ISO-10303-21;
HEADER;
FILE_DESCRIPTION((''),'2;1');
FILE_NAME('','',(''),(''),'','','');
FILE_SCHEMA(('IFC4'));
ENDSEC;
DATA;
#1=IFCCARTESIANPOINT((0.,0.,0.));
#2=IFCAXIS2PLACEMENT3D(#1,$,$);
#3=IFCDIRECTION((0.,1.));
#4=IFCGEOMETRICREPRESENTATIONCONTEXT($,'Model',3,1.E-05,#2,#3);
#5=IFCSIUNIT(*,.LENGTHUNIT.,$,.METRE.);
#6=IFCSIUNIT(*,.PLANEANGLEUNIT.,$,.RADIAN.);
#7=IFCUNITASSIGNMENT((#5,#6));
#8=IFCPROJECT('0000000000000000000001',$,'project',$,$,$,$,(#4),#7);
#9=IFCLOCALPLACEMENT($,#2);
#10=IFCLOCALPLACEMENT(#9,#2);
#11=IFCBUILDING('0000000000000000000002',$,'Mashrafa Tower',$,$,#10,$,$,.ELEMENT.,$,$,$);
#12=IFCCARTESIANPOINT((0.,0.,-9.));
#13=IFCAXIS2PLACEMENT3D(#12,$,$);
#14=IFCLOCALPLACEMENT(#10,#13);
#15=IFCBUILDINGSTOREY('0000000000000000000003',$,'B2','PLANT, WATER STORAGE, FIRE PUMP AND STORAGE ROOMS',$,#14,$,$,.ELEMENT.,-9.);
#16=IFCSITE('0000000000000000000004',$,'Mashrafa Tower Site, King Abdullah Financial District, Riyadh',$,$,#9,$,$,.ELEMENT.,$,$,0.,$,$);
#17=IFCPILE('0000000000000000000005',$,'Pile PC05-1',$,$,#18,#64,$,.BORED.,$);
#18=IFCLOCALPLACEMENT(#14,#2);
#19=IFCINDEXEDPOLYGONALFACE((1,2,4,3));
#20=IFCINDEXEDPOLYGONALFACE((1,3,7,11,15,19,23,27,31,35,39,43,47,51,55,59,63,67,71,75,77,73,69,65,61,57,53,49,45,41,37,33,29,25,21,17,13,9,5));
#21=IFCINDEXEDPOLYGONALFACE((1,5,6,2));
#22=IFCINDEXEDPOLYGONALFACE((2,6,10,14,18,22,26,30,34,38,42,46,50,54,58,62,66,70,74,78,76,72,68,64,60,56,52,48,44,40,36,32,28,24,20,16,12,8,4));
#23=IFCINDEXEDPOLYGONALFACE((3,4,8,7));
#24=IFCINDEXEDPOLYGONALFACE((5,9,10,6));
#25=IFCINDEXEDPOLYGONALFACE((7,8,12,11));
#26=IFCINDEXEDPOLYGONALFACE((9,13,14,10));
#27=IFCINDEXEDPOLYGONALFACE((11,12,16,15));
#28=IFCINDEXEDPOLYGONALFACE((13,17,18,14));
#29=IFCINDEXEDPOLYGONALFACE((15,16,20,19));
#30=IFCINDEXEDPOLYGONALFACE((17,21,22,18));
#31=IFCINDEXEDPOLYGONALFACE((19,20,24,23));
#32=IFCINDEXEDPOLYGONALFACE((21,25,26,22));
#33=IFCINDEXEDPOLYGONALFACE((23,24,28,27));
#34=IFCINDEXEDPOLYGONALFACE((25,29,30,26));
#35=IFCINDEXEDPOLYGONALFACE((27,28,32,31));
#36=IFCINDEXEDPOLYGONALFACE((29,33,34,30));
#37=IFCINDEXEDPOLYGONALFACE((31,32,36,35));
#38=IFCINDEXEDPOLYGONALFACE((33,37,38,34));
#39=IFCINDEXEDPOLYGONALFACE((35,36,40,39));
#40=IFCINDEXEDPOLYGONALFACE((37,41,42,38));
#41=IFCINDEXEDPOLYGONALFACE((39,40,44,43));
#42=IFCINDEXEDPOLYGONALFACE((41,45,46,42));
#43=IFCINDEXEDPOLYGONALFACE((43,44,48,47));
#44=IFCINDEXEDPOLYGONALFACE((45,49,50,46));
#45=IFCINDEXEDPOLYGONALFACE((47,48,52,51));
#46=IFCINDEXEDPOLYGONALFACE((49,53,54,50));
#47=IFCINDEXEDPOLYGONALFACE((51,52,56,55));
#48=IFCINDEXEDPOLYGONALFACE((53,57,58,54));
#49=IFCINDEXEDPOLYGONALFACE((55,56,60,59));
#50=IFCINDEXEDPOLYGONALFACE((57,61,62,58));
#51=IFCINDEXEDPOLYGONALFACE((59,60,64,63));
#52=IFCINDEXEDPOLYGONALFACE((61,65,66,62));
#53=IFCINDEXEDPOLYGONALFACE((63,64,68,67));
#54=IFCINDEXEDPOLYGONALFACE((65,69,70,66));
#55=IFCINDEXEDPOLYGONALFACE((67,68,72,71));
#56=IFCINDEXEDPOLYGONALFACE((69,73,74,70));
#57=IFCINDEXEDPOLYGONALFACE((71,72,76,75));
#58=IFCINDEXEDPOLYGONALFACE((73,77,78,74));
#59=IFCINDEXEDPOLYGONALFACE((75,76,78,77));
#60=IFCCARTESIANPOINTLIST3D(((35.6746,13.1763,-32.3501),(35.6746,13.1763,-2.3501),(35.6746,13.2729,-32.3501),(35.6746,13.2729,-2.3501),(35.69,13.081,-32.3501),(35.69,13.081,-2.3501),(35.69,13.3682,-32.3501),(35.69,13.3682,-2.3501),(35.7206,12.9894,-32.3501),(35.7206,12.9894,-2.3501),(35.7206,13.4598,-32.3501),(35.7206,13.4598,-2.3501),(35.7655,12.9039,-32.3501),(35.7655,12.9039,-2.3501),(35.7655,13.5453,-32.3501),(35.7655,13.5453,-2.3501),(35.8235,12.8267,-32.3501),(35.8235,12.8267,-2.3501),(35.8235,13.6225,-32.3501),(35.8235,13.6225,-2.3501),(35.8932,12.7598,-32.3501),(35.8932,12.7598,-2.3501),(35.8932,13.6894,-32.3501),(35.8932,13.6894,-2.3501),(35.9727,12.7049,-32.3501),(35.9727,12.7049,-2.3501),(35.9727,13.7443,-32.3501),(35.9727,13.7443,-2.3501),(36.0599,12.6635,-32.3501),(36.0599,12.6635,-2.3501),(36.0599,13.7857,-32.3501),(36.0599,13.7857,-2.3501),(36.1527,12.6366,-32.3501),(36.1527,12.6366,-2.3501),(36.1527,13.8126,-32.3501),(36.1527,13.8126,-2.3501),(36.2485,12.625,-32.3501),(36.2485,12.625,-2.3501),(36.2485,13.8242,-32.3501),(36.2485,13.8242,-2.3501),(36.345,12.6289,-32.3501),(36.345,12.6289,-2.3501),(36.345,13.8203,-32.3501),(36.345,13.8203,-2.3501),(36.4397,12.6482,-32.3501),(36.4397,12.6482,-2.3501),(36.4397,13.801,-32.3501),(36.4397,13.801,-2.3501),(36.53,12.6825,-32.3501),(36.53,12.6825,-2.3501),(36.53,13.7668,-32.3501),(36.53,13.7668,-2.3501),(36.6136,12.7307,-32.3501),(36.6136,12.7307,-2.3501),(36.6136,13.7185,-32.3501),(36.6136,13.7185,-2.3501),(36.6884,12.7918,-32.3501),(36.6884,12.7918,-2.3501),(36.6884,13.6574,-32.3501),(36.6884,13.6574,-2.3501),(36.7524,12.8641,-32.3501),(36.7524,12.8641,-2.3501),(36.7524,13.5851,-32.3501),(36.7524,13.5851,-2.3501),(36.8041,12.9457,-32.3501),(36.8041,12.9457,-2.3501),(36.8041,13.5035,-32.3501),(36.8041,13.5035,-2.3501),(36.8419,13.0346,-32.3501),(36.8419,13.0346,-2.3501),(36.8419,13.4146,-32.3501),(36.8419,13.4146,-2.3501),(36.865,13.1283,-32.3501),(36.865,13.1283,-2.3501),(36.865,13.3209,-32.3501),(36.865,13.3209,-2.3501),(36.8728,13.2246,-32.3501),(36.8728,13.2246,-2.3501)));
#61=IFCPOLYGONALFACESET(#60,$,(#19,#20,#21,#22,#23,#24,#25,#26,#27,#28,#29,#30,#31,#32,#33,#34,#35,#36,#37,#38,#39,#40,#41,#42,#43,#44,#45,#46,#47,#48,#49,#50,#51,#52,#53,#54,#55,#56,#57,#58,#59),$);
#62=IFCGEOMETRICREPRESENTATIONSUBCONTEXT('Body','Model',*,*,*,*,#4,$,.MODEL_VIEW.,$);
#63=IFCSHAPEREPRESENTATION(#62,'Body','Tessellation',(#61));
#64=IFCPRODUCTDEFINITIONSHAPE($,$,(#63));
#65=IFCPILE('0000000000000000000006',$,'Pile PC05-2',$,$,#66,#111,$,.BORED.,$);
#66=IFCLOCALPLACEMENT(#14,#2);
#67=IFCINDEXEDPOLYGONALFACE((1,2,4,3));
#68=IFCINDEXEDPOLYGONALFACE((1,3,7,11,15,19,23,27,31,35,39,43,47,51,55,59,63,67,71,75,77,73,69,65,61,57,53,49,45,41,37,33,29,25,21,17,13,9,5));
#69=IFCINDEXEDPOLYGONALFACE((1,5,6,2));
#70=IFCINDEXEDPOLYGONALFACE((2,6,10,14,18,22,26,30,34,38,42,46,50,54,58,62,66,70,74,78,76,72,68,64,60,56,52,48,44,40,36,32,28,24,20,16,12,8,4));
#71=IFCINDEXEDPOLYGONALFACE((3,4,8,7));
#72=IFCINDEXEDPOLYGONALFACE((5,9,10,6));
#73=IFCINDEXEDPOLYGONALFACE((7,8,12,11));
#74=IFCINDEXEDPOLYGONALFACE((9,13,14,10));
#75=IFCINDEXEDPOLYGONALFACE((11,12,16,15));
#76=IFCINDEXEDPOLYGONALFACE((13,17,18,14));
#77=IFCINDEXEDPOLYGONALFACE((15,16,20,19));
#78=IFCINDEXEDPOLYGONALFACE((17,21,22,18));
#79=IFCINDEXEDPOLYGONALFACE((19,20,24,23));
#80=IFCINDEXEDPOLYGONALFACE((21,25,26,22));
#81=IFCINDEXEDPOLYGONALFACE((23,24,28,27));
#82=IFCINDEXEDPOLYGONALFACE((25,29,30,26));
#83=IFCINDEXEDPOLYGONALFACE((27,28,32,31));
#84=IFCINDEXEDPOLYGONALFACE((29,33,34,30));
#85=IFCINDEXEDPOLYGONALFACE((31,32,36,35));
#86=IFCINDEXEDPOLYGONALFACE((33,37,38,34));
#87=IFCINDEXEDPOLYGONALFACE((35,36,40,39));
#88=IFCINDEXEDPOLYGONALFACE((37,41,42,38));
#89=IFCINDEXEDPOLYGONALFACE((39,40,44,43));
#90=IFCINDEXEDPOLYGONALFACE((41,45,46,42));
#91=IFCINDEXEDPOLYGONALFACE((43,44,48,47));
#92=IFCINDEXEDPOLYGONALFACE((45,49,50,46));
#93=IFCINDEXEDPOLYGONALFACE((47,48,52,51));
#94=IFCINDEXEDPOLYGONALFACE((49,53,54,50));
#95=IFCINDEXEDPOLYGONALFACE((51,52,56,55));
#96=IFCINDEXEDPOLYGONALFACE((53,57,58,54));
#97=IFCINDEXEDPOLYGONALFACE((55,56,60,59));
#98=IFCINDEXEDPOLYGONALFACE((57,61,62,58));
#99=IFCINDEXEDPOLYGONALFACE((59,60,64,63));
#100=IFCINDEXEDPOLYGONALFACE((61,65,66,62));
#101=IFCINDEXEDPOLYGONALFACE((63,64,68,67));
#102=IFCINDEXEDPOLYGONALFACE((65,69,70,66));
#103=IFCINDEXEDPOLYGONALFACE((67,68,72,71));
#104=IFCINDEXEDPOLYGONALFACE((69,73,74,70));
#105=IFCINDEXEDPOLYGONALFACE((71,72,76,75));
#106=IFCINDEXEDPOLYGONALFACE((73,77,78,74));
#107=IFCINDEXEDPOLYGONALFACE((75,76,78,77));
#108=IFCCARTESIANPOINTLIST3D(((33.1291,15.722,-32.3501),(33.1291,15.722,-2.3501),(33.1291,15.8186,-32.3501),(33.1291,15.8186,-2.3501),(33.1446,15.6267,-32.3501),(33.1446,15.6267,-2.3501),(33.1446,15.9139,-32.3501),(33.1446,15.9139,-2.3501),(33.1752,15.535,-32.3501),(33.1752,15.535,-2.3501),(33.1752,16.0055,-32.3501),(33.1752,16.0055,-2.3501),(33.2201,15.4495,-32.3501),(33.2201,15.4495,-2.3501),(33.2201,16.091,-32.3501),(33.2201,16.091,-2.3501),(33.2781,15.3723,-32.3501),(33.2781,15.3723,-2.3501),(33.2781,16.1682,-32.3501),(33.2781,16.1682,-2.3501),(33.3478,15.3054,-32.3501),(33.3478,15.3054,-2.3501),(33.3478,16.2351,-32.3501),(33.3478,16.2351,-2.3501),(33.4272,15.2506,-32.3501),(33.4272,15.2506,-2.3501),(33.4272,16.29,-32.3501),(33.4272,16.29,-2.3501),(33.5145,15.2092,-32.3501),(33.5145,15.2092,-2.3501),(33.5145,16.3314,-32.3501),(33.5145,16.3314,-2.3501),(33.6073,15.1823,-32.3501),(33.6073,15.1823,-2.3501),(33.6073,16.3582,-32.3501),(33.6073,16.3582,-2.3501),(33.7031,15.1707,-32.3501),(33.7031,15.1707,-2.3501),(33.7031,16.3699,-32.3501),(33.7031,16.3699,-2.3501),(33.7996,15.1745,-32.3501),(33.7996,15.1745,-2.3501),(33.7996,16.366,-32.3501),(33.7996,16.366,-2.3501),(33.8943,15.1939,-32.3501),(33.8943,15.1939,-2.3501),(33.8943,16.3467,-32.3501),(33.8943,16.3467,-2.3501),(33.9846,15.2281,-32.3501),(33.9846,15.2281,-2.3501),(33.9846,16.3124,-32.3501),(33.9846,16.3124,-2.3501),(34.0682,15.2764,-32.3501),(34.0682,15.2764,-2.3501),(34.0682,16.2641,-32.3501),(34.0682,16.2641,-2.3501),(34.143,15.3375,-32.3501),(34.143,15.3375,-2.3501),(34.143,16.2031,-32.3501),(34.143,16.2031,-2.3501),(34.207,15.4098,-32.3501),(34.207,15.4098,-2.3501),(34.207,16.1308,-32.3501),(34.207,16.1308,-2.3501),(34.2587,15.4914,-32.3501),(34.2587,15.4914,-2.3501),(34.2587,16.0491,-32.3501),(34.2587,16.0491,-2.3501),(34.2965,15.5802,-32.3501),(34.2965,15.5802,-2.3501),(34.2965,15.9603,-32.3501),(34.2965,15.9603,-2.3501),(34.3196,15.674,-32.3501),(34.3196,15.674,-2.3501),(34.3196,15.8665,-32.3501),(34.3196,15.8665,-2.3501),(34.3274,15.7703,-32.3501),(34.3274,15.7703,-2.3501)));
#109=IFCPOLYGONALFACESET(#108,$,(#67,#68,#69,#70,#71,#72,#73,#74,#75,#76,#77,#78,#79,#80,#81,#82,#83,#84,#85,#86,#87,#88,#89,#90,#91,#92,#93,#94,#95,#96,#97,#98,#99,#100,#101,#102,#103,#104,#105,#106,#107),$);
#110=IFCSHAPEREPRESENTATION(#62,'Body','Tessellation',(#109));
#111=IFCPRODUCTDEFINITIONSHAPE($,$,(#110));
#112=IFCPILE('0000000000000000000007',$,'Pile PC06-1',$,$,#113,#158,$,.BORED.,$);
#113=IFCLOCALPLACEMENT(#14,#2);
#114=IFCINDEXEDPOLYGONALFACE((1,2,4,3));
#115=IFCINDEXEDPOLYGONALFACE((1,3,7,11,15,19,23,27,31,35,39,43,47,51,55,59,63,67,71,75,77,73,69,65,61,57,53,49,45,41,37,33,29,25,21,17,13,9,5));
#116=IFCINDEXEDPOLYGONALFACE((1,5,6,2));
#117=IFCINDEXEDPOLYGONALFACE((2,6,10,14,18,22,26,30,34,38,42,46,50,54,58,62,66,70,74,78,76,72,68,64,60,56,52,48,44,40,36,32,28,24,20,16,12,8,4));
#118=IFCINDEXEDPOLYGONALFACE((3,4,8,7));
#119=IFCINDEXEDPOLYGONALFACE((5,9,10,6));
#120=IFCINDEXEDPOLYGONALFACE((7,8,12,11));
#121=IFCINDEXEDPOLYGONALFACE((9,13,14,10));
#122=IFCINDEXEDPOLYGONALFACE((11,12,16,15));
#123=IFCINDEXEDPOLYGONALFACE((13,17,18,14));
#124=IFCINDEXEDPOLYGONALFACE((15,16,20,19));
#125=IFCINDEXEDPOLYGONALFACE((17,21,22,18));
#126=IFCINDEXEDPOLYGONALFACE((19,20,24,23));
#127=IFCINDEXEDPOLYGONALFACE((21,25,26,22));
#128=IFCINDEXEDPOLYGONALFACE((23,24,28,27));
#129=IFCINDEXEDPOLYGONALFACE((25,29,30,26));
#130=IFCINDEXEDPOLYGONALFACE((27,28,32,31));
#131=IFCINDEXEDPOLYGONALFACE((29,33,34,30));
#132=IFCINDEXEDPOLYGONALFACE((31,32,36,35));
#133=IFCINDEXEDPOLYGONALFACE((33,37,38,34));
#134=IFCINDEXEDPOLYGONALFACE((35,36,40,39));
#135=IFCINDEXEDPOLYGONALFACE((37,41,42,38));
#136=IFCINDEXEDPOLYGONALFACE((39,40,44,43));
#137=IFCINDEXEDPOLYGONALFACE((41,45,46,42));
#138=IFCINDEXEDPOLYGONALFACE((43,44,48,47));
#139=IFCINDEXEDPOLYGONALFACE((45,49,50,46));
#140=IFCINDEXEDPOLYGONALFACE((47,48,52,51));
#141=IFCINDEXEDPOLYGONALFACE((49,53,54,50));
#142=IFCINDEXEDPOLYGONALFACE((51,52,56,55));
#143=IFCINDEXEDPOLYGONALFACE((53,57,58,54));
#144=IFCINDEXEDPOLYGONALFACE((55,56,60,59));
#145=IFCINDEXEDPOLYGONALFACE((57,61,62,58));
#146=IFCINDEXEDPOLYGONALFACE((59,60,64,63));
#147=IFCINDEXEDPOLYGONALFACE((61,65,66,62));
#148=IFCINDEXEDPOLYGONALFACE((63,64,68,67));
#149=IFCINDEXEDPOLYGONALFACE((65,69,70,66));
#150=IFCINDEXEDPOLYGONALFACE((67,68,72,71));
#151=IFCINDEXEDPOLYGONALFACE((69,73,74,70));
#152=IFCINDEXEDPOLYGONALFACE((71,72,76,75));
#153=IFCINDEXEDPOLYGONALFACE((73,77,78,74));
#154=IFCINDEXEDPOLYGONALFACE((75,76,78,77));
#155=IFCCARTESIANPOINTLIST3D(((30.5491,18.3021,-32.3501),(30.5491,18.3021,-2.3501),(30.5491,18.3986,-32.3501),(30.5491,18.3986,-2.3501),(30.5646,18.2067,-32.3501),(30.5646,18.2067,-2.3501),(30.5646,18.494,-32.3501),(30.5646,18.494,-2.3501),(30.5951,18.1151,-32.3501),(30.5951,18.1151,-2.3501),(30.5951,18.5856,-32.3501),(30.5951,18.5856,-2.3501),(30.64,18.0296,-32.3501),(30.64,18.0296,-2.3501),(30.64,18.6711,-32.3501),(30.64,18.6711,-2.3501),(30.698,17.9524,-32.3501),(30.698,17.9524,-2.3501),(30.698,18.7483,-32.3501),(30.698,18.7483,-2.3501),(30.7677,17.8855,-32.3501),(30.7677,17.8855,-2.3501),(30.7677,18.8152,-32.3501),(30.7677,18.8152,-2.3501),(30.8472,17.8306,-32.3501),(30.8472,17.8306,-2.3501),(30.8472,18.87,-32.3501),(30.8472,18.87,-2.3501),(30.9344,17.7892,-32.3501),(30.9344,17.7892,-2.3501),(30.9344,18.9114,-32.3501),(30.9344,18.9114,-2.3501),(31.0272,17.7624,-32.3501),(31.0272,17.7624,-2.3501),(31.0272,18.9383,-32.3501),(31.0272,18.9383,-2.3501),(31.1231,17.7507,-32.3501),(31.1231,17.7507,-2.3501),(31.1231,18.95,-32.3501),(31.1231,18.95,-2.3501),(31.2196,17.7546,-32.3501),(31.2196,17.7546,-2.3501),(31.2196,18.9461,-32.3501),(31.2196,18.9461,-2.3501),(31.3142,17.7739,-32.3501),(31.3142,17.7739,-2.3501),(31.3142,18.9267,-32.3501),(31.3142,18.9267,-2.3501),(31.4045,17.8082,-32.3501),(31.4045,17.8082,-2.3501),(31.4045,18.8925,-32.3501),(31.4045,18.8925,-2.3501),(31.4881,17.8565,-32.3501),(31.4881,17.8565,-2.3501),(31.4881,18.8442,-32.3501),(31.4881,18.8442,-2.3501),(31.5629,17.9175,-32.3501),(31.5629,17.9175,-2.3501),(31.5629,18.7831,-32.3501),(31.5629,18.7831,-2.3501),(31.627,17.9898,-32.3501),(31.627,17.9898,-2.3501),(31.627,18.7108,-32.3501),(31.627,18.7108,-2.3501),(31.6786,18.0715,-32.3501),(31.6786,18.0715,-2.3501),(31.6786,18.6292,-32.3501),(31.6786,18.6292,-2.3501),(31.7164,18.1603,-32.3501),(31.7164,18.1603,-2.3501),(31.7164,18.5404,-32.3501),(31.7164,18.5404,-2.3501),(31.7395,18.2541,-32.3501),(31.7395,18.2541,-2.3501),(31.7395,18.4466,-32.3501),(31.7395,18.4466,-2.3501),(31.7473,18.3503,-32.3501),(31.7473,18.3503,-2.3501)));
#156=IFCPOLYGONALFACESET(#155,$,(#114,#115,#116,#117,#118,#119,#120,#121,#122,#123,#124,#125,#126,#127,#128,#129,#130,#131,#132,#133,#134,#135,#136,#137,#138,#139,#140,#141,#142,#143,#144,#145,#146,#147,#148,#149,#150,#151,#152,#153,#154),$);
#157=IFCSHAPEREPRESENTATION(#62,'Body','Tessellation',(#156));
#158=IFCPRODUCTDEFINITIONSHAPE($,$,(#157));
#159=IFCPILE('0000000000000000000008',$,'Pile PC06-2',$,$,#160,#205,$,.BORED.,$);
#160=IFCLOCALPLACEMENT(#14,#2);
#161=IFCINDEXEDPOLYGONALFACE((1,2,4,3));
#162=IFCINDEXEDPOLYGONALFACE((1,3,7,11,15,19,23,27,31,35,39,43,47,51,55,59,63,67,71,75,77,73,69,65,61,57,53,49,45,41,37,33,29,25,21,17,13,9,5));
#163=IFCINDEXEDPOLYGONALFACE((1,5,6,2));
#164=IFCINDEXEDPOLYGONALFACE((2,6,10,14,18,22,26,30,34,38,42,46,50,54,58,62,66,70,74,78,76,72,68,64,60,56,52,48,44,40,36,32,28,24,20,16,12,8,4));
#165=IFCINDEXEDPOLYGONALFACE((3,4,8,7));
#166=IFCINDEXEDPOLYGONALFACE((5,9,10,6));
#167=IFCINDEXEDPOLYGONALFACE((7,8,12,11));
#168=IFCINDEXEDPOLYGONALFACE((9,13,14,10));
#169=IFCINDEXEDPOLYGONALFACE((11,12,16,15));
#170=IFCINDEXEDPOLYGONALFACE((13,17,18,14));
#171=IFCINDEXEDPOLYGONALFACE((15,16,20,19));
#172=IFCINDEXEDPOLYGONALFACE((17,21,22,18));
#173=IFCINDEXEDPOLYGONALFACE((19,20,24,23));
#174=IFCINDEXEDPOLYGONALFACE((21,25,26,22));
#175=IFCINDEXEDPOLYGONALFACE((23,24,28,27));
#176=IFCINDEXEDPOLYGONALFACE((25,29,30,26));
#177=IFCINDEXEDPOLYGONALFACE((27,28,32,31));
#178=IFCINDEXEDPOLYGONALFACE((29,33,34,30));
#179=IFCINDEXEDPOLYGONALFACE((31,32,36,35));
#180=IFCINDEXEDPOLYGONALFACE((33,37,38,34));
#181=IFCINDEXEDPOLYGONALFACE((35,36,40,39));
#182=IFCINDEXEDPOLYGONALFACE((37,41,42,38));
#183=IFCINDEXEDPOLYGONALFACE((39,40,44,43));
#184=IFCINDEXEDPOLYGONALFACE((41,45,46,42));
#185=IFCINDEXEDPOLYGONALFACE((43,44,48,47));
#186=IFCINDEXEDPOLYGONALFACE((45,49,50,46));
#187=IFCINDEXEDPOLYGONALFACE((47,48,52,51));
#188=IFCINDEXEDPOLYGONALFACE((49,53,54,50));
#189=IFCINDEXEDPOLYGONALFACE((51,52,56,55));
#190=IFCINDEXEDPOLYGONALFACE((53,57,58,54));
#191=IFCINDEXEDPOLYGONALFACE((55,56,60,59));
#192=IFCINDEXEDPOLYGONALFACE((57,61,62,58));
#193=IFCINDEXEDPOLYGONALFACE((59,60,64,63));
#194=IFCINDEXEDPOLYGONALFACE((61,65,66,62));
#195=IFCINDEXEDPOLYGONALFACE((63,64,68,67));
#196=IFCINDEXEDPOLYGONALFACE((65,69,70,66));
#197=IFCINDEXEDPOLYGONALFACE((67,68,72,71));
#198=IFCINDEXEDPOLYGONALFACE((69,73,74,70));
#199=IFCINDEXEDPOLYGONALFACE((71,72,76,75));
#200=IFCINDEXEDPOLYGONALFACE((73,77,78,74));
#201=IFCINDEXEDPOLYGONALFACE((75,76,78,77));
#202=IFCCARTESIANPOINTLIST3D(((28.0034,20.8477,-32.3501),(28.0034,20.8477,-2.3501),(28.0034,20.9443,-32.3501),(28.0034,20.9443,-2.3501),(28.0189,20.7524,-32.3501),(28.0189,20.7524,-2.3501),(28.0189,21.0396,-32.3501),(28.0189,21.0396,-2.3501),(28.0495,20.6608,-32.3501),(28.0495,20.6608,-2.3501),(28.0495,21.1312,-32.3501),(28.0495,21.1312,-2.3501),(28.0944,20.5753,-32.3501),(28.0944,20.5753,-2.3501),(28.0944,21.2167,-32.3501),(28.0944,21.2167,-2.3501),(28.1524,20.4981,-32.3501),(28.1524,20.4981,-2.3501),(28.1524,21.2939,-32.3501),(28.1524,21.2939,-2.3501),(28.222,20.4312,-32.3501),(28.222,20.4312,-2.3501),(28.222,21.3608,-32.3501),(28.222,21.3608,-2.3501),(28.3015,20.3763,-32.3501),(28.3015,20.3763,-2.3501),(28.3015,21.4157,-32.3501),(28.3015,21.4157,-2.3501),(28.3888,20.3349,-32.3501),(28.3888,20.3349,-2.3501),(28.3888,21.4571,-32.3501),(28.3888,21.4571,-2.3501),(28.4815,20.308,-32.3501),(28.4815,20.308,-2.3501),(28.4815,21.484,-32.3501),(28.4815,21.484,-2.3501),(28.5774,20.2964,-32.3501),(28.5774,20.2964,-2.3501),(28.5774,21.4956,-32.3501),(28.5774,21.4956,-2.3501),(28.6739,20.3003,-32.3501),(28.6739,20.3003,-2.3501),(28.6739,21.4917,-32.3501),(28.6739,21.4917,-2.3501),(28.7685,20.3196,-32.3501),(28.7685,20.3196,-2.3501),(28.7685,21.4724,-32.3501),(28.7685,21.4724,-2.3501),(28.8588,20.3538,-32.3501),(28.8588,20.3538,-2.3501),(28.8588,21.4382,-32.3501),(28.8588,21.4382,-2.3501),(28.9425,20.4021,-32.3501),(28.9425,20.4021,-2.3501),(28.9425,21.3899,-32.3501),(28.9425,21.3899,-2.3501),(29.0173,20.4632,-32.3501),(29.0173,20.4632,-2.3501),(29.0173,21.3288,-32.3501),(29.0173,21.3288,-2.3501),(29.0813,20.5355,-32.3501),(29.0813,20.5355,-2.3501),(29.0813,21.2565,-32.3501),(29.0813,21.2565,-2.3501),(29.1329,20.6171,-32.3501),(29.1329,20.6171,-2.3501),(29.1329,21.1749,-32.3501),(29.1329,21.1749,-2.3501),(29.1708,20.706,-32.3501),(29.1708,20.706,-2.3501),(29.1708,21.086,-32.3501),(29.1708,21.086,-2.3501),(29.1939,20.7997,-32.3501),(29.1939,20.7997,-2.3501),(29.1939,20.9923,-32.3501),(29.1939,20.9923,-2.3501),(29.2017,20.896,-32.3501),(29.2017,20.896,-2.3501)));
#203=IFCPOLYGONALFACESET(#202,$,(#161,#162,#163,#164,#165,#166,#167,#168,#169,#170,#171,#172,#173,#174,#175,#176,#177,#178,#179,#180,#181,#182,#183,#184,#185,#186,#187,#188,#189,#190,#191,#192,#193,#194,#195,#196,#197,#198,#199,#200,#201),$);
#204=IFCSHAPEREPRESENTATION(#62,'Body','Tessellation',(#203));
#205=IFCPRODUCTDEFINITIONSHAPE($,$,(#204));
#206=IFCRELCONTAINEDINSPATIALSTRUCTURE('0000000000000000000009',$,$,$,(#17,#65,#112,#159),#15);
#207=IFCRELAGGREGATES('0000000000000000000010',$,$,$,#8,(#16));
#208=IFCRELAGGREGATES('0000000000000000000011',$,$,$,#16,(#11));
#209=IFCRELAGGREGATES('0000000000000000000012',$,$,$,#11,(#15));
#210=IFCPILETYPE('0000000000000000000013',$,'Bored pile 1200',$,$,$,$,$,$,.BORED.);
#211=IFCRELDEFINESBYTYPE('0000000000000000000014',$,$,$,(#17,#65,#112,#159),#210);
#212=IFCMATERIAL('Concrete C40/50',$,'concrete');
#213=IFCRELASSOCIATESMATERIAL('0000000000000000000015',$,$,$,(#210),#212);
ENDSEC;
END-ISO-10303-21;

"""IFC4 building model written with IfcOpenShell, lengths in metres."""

from ifc_helpers import new_model, si_unit, direction, frame, origin, origin_2d, place, context, subcontext, project, spatial, circle, extrude, material, material_profile, profile_set, type_object, element, save


model = new_model("IFC4")

# Units and contexts
model_context = context("Model", 3, precision=1e-05, world=origin(), true_north=direction((0.0, 1.0)))
body_context = subcontext(model_context, "Body", "Model", "MODEL_VIEW")
ifc_project = project(units=[si_unit("LENGTHUNIT", "METRE"), si_unit("PLANEANGLEUNIT", "RADIAN")], contexts=[model_context])

# Site, building, storey
site_placement = place(None, origin())
site = spatial("IfcSite", under=ifc_project, at=site_placement, Name="Mashrafa Tower Site, King Abdullah Financial District, Riyadh", CompositionType="ELEMENT", RefElevation=0.0)
building_placement = place(site_placement, origin())
building = spatial("IfcBuilding", under=site, at=building_placement, Name="Mashrafa Tower", CompositionType="ELEMENT")
storey_placement = place(building_placement, frame((0.0, 0.0, -9.0)))
storey = spatial("IfcBuildingStorey", under=building, at=storey_placement, Name="B2", Description="PLANT, WATER STORAGE, FIRE PUMP AND STORAGE ROOMS", CompositionType="ELEMENT", Elevation=-9.0)

# Piles
ifc_material_1 = material(Name="Concrete C40/50", Category="concrete")
ifc_material_profile_1 = material_profile(ifc_material_1, circle(Radius=0.6001, at=origin_2d()), Name="1200 DIA")
ifc_profile_set_1 = profile_set([ifc_material_profile_1], Name="Concrete C40/50")
pile_type_1 = type_object("IfcPileType", Name="Bored pile 1200", PredefinedType="BORED", material=ifc_profile_set_1)
for number, where, z_axis, x_axis, name in (
    (1, (36.2727, 13.2246, -2.3501), (0.0, 0.0, -1.0), (1.0, 0.0, 0.0), "Pile PC05-1"),
    (2, (33.7273, 15.7703, -2.3501), (0.0, 0.0, -1.0), (1.0, 0.0, 0.0), "Pile PC05-2"),
    (3, (31.1472, 18.3503, -2.3501), (0.0, 0.0, -1.0), (1.0, 0.0, 0.0), "Pile PC06-1"),
    (4, (28.6016, 20.896, -2.3501), (0.0, 0.0, -1.0), (1.0, 0.0, 0.0), "Pile PC06-2"),
):
    element("IfcPile", number, at=place(storey_placement, frame(where, z_axis=z_axis, x_axis=x_axis)), inside=storey, type_object=pile_type_1, Name=name, PredefinedType="BORED", context=body_context, shape_type="SweptSolid", body=[
        extrude(circle(Radius=0.6001, at=origin_2d()), origin(), (0.0, 0.0, 1.0), 30.0),
    ])

save(model, "model.ifc")
